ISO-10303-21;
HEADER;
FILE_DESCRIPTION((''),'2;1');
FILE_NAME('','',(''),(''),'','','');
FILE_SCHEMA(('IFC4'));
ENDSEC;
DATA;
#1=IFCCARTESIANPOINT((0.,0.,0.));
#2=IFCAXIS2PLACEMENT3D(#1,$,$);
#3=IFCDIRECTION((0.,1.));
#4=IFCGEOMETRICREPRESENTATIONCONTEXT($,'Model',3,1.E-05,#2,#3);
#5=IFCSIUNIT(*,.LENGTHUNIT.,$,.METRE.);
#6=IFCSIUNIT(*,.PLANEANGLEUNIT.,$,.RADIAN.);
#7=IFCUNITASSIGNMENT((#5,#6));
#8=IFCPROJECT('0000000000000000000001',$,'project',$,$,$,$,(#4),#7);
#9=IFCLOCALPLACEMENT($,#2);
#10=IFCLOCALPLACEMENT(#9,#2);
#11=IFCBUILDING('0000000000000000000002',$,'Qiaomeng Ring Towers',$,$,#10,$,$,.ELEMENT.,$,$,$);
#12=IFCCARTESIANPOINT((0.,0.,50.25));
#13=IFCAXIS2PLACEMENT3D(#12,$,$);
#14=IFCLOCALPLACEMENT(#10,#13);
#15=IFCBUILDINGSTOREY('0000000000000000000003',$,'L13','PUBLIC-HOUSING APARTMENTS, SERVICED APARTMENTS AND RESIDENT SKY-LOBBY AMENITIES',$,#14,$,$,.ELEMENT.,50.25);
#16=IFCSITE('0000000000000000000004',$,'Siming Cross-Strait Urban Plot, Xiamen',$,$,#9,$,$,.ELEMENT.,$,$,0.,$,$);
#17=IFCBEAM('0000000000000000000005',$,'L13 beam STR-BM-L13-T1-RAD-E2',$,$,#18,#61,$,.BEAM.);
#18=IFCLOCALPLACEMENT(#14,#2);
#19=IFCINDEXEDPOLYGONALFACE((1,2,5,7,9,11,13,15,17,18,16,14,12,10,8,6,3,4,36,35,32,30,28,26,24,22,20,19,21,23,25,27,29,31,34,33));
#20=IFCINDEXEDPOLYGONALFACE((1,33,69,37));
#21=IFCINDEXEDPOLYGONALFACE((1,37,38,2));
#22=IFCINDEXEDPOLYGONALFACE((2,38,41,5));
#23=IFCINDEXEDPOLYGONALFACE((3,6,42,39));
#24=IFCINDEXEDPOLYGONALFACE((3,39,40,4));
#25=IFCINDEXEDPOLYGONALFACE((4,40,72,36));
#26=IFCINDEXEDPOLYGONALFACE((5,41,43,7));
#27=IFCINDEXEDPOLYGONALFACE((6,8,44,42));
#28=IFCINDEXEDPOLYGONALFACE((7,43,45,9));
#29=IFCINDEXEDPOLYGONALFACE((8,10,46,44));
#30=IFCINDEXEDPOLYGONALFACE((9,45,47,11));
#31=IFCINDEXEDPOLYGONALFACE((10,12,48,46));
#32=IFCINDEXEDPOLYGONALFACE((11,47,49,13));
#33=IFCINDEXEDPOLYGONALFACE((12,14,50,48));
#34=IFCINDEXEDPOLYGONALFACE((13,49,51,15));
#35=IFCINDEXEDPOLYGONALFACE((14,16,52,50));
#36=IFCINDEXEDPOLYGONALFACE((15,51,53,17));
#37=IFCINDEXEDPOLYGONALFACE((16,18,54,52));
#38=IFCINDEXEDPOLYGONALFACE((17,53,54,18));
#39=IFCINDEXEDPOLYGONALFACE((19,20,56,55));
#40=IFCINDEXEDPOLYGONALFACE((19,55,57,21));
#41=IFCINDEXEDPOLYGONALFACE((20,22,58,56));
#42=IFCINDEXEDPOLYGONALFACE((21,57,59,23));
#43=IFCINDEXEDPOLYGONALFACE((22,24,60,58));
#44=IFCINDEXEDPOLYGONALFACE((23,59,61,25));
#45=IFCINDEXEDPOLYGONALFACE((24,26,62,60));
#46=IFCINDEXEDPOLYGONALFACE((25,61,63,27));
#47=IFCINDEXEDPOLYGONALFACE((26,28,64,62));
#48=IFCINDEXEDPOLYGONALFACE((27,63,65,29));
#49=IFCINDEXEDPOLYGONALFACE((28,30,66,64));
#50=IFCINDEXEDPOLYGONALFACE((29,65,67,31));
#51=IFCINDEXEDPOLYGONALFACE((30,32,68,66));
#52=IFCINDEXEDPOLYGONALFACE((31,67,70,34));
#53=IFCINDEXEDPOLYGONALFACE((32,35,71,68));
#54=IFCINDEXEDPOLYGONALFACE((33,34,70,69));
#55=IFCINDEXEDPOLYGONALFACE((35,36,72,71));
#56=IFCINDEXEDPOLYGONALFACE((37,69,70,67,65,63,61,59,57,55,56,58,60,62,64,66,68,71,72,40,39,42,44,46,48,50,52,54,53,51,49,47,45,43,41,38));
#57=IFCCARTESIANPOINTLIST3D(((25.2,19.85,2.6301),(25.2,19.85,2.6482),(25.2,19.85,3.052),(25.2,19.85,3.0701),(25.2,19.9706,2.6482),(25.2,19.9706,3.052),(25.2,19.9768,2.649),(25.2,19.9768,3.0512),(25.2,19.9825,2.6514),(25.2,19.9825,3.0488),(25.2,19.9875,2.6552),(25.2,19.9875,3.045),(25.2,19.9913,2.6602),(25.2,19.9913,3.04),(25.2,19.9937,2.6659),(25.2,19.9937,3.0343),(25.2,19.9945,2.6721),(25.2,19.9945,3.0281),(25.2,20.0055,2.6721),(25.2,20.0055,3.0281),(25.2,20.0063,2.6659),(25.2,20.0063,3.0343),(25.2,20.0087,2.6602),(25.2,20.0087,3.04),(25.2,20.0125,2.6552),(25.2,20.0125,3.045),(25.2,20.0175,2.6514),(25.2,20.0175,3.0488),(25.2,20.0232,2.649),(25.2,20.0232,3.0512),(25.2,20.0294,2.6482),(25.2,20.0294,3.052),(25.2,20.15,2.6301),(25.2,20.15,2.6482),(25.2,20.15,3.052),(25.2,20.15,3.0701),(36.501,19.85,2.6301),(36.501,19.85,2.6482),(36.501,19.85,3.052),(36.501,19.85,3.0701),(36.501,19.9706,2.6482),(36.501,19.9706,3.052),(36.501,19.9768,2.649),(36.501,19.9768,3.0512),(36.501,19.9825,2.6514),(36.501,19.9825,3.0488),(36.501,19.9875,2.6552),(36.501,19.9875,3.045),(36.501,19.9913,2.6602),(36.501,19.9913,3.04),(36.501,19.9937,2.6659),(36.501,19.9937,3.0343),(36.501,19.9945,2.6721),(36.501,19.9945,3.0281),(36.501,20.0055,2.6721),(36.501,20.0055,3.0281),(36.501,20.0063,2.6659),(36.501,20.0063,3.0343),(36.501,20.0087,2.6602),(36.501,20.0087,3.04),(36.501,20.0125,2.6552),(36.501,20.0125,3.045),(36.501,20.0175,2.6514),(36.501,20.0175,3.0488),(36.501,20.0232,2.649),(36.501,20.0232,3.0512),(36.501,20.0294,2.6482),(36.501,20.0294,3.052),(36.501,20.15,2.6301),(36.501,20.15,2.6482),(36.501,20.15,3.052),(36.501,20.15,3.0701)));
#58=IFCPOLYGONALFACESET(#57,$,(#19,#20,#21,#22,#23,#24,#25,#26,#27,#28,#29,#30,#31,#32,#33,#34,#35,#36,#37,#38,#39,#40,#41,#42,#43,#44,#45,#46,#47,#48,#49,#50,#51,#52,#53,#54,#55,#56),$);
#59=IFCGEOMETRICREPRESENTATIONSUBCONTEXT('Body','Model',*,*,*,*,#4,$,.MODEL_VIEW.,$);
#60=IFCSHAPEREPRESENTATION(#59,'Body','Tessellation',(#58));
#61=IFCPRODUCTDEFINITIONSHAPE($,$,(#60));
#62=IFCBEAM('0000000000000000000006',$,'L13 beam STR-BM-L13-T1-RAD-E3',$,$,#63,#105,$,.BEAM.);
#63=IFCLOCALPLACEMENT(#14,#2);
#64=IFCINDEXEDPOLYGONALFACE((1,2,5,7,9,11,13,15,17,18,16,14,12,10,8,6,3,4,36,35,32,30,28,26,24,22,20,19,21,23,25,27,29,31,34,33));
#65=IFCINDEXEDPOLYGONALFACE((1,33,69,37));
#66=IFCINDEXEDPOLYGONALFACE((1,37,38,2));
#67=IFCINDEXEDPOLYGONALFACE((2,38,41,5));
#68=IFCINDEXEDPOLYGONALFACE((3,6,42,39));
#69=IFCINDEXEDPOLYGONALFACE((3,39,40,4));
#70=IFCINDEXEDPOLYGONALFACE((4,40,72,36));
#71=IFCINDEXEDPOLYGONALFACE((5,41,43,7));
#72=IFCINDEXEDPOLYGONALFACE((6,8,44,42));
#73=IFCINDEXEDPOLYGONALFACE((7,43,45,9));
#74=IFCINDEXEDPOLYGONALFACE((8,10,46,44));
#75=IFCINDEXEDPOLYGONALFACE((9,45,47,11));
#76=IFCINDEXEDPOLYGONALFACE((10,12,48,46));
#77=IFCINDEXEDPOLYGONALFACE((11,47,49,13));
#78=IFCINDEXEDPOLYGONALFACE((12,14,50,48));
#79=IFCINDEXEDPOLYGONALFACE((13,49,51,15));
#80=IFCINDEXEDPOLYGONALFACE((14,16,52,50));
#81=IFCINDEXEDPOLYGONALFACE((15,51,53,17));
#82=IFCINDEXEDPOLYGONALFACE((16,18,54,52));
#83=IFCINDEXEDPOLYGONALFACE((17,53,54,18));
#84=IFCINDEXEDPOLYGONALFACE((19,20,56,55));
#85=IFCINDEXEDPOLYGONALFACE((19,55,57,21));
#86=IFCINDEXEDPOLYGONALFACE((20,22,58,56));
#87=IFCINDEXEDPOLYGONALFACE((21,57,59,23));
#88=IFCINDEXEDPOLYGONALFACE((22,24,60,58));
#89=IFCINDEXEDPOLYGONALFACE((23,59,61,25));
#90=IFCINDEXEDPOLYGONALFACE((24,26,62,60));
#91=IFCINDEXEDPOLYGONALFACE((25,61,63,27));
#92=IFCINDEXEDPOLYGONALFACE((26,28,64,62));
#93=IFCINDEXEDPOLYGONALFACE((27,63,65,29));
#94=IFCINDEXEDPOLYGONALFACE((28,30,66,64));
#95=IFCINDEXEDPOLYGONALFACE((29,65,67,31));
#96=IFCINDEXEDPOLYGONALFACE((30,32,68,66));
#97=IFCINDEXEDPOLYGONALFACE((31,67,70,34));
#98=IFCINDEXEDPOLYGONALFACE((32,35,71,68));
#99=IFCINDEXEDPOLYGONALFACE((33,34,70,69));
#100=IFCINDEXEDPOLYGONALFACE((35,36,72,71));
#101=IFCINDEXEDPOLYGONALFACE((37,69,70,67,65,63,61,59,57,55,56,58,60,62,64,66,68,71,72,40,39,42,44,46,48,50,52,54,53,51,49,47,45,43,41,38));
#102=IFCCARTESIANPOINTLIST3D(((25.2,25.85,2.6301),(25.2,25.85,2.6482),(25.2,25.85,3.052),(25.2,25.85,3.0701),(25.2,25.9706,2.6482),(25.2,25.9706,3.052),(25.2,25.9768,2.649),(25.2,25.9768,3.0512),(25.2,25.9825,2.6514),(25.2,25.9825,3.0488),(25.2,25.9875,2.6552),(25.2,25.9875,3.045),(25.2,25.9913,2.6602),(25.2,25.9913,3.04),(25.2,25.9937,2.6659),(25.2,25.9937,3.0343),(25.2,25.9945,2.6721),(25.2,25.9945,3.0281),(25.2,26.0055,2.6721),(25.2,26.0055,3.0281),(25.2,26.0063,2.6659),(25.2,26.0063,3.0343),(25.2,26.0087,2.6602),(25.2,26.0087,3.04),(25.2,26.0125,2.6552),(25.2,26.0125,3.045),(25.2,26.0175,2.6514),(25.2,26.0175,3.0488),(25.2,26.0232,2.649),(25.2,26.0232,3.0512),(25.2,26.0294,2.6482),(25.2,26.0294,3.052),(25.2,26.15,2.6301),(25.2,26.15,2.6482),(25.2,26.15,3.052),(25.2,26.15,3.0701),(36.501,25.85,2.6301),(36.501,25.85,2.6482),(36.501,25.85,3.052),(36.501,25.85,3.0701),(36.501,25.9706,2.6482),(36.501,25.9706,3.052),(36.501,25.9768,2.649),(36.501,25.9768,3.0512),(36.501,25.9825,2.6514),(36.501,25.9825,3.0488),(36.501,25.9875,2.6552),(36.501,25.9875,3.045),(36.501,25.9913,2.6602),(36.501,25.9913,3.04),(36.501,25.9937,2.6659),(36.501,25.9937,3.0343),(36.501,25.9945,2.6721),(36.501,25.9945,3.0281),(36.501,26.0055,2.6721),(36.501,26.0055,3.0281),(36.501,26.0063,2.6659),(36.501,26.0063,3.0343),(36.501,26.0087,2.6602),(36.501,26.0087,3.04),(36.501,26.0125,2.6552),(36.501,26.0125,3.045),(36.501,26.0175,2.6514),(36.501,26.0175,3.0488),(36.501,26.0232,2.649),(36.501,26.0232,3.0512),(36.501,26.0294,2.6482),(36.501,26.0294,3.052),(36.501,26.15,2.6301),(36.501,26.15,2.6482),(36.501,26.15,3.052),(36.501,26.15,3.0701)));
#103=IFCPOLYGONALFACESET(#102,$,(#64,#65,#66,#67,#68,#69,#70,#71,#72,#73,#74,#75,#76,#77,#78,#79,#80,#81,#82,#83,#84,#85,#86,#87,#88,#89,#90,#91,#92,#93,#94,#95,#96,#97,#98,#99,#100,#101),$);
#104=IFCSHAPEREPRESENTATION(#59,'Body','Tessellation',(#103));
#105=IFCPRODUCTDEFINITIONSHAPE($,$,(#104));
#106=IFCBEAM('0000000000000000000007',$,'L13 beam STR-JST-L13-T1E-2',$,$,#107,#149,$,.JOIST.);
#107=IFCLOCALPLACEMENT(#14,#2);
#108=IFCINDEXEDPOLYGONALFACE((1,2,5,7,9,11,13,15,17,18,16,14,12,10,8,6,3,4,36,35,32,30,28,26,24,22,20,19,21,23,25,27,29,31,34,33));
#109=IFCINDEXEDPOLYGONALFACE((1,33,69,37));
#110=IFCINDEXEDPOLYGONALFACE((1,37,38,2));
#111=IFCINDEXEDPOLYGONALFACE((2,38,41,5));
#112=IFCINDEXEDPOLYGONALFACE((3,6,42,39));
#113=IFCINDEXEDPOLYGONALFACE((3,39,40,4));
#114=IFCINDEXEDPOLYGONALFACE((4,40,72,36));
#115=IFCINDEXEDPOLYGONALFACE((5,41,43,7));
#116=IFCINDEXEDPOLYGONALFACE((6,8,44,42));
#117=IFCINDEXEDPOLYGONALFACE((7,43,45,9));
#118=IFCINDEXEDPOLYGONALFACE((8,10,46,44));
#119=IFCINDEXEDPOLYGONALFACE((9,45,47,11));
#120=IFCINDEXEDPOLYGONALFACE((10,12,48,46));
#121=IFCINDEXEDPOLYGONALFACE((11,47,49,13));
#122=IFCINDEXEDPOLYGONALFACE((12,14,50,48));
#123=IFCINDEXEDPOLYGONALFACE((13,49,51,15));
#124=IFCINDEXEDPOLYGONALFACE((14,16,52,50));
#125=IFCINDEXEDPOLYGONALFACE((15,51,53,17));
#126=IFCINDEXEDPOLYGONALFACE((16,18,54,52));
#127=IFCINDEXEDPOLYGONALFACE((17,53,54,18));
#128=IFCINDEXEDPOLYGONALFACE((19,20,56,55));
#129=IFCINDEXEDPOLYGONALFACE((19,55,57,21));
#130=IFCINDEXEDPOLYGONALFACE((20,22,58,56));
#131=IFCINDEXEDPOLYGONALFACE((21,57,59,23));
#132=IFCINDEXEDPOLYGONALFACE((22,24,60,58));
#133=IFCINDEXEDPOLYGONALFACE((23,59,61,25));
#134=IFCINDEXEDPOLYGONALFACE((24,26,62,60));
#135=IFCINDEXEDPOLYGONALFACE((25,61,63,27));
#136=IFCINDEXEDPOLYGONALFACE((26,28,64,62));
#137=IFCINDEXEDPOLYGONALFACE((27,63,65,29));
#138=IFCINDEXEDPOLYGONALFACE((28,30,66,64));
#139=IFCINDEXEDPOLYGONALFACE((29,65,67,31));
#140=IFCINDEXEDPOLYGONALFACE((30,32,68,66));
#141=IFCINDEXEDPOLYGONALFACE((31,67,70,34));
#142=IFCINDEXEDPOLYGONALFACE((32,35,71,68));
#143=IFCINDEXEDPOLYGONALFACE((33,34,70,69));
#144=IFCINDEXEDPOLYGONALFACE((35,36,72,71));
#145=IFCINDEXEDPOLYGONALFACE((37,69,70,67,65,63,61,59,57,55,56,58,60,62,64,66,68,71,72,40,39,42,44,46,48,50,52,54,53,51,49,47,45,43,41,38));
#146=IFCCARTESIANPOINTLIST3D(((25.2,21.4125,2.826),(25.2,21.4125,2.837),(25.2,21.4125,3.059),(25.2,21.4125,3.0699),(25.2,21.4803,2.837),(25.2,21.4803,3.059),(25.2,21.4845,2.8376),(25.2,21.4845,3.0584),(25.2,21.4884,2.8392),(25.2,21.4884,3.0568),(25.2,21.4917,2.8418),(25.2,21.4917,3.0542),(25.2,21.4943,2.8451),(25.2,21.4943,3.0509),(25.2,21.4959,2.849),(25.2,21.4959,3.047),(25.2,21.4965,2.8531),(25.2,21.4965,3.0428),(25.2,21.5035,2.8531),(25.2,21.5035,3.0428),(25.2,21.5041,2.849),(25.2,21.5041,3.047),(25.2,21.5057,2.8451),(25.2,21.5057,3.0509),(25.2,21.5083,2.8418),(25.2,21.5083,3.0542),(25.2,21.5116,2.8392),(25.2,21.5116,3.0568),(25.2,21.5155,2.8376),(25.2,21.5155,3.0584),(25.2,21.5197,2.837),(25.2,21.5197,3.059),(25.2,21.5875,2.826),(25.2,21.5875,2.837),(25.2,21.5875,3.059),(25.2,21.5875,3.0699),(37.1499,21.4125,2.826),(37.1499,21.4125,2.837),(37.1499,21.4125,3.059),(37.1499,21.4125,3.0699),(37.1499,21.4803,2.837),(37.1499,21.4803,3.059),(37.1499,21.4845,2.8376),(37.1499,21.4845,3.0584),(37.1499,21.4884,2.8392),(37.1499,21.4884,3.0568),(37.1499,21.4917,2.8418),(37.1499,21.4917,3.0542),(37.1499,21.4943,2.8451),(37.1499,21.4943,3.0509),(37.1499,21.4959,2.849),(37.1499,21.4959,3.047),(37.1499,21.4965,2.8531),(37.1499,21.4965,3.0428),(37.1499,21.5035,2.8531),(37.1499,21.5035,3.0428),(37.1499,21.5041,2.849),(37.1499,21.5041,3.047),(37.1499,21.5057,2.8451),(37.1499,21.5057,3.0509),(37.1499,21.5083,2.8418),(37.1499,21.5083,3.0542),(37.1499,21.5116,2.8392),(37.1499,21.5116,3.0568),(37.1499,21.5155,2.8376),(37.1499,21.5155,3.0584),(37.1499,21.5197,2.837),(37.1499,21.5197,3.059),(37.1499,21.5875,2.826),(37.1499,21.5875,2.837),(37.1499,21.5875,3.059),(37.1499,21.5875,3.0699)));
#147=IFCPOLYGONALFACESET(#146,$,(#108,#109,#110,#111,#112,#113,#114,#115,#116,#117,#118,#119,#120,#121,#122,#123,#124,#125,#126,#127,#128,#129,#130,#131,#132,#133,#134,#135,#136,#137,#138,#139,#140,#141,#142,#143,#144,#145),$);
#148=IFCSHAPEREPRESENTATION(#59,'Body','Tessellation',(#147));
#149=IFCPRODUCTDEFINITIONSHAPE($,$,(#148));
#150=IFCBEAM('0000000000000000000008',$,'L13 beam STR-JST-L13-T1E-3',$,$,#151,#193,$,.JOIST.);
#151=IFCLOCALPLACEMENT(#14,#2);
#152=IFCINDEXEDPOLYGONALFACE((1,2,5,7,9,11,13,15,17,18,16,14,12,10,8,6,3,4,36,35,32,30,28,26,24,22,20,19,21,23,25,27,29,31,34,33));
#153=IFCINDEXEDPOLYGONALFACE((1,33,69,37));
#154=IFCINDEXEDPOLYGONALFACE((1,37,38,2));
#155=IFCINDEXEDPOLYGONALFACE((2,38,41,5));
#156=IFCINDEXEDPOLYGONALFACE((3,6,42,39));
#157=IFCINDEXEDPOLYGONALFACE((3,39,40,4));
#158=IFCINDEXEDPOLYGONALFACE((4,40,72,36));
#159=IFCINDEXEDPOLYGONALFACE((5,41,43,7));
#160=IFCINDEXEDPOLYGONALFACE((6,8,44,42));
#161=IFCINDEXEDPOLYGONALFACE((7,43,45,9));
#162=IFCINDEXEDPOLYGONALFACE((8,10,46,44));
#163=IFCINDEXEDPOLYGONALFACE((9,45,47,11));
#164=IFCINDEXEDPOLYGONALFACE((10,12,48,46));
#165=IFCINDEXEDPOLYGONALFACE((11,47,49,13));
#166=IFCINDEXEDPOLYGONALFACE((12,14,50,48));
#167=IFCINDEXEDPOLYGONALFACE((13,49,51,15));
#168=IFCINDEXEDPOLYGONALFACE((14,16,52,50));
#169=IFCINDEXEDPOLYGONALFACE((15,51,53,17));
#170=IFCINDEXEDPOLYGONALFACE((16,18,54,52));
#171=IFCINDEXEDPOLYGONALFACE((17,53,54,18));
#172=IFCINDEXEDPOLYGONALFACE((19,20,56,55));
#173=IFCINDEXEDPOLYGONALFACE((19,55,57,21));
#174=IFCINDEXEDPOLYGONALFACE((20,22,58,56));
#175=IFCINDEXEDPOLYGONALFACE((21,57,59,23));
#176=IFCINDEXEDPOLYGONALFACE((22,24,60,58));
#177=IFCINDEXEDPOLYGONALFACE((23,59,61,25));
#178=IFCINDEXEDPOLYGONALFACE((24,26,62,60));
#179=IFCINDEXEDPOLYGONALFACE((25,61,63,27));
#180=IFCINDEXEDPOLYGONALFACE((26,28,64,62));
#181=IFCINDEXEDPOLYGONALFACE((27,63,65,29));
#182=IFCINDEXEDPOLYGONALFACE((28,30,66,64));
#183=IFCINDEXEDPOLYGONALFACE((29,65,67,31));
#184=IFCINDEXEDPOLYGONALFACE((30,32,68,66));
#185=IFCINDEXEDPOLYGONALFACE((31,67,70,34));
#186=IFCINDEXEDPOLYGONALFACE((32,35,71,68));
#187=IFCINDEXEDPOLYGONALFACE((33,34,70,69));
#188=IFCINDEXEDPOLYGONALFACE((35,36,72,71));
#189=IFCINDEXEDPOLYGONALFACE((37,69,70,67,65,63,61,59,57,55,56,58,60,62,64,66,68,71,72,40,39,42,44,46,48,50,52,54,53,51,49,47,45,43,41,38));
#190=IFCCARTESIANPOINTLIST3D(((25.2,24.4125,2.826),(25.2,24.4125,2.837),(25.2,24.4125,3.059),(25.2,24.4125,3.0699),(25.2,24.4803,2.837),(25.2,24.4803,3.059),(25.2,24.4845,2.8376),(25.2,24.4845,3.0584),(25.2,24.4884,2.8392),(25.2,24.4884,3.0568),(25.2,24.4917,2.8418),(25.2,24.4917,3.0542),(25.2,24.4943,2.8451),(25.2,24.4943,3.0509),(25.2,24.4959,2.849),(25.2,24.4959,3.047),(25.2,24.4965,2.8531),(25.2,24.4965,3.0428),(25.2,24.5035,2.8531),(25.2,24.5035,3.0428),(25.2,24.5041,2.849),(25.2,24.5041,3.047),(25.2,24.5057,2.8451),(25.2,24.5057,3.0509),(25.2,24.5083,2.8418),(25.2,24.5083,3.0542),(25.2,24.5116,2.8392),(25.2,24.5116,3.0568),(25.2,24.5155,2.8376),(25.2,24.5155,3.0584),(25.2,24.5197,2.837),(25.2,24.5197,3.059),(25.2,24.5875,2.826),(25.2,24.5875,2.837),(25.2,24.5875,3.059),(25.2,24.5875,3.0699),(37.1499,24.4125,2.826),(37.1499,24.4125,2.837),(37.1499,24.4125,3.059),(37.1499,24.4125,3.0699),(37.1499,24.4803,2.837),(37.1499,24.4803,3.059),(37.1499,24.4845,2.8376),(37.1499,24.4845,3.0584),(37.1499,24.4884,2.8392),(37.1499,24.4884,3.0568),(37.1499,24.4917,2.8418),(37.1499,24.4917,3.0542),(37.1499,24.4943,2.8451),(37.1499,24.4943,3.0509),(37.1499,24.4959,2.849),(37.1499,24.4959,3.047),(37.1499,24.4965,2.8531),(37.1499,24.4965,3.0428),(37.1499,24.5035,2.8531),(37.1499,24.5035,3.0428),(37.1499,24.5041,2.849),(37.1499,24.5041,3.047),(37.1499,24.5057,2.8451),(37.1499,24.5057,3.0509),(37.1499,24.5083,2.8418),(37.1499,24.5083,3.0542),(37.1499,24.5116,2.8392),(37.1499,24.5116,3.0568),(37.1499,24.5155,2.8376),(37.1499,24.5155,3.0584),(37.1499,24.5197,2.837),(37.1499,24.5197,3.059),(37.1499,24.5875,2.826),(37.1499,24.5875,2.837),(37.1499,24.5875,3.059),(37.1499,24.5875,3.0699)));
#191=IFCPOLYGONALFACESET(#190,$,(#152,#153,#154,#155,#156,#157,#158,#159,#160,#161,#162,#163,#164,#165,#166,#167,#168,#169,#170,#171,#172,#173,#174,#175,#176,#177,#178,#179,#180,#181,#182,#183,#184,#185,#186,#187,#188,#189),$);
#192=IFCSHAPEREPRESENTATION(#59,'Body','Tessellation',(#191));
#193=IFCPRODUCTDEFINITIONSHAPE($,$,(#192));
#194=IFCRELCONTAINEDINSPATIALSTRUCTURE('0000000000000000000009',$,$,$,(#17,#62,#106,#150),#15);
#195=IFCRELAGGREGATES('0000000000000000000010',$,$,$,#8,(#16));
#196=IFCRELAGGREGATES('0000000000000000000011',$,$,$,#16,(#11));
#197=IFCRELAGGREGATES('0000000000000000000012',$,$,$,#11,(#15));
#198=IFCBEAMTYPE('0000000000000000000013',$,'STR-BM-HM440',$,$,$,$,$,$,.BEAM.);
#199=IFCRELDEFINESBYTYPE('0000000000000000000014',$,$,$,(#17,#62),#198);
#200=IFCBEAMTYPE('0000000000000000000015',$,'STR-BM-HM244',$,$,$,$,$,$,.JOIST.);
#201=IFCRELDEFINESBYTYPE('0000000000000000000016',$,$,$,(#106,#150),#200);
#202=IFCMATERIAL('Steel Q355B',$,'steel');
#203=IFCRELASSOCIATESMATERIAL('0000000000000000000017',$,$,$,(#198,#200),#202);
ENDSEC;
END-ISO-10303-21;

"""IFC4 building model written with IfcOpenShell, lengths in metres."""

from ifc_helpers import new_model, si_unit, direction, frame, origin, origin_2d, place, context, subcontext, project, spatial, i_section, extrude, source, transform, mapped, material, material_profile, profile_set, type_object, element, save


model = new_model("IFC4")

# Units and contexts
model_context = context("Model", 3, precision=1e-05, world=origin(), true_north=direction((0.0, 1.0)))
body_context = subcontext(model_context, "Body", "Model", "MODEL_VIEW")
ifc_project = project(units=[si_unit("LENGTHUNIT", "METRE"), si_unit("PLANEANGLEUNIT", "RADIAN")], contexts=[model_context])

# Site, building, storey
site_placement = place(None, origin())
site = spatial("IfcSite", under=ifc_project, at=site_placement, Name="Siming Cross-Strait Urban Plot, Xiamen", CompositionType="ELEMENT", RefElevation=0.0)
building_placement = place(site_placement, origin())
building = spatial("IfcBuilding", under=site, at=building_placement, Name="Qiaomeng Ring Towers", CompositionType="ELEMENT")
storey_placement = place(building_placement, frame((0.0, 0.0, 50.25)))
storey = spatial("IfcBuildingStorey", under=building, at=storey_placement, Name="L13", Description="PUBLIC-HOUSING APARTMENTS, SERVICED APARTMENTS AND RESIDENT SKY-LOBBY AMENITIES", CompositionType="ELEMENT", Elevation=50.25)

# Beams
ifc_material_1 = material(Name="Steel Q355B", Category="steel")
ifc_material_profile_1 = material_profile(ifc_material_1, i_section(OverallWidth=0.3, OverallDepth=0.4399, WebThickness=0.011, FlangeThickness=0.0181, FilletRadius=0.0239, at=origin_2d()), Name="HM 440x300x11x18")
ifc_profile_set_1 = profile_set([ifc_material_profile_1], Name="Steel Q355B")
beam_type_1 = type_object("IfcBeamType", Name="STR-BM-HM440", PredefinedType="BEAM", material=ifc_profile_set_1)
shared_shape_1 = source(origin(), body_context, "Body", "SweptSolid", [
    extrude(i_section(OverallWidth=0.3, OverallDepth=0.4399, WebThickness=0.011, FlangeThickness=0.0181, FilletRadius=0.0239, at=origin_2d()), origin(), (0.0, 0.0, 1.0), 11.301),
])
for number, where, z_axis, x_axis, name in (
    (1, (25.2, 20.0, 2.8501), (1.0, 0.0, 0.0), (0.0, 1.0, 0.0), "L13 beam STR-BM-L13-T1-RAD-E2"),
    (2, (25.2, 26.0, 2.8501), (1.0, 0.0, 0.0), (0.0, 1.0, 0.0), "L13 beam STR-BM-L13-T1-RAD-E3"),
):
    element("IfcBeam", number, at=place(storey_placement, frame(where, z_axis=z_axis, x_axis=x_axis)), inside=storey, type_object=beam_type_1, Name=name, PredefinedType="BEAM", context=body_context, shape_type="MappedRepresentation", body=[
        mapped(shared_shape_1, transform((0.0, 0.0, 0.0), x_axis=(1.0, 0.0, 0.0), y_axis=(0.0, 1.0, 0.0), z_axis=(0.0, 0.0, 1.0), scale=1.0)),
    ])
ifc_material_profile_2 = material_profile(ifc_material_1, i_section(OverallWidth=0.175, OverallDepth=0.2439, WebThickness=0.0071, FlangeThickness=0.011, FilletRadius=0.0161, at=origin_2d()), Name="HM 244x175x7x11")
ifc_profile_set_2 = profile_set([ifc_material_profile_2], Name="Steel Q355B")
beam_type_2 = type_object("IfcBeamType", Name="STR-BM-HM244", PredefinedType="JOIST", material=ifc_profile_set_2)
shared_shape_2 = source(origin(), body_context, "Body", "SweptSolid", [
    extrude(i_section(OverallWidth=0.175, OverallDepth=0.2439, WebThickness=0.0071, FlangeThickness=0.011, FilletRadius=0.0161, at=origin_2d()), origin(), (0.0, 0.0, 1.0), 11.95),
])
for number, where, z_axis, x_axis, name in (
    (3, (25.2, 21.5, 2.948), (1.0, 0.0, 0.0), (0.0, 1.0, 0.0), "L13 beam STR-JST-L13-T1E-2"),
    (4, (25.2, 24.5, 2.948), (1.0, 0.0, 0.0), (0.0, 1.0, 0.0), "L13 beam STR-JST-L13-T1E-3"),
):
    element("IfcBeam", number, at=place(storey_placement, frame(where, z_axis=z_axis, x_axis=x_axis)), inside=storey, type_object=beam_type_2, Name=name, PredefinedType="JOIST", context=body_context, shape_type="MappedRepresentation", body=[
        mapped(shared_shape_2, transform((0.0, 0.0, 0.0), x_axis=(1.0, 0.0, 0.0), y_axis=(0.0, 1.0, 0.0), z_axis=(0.0, 0.0, 1.0), scale=1.0)),
    ])

save(model, "model.ifc")
